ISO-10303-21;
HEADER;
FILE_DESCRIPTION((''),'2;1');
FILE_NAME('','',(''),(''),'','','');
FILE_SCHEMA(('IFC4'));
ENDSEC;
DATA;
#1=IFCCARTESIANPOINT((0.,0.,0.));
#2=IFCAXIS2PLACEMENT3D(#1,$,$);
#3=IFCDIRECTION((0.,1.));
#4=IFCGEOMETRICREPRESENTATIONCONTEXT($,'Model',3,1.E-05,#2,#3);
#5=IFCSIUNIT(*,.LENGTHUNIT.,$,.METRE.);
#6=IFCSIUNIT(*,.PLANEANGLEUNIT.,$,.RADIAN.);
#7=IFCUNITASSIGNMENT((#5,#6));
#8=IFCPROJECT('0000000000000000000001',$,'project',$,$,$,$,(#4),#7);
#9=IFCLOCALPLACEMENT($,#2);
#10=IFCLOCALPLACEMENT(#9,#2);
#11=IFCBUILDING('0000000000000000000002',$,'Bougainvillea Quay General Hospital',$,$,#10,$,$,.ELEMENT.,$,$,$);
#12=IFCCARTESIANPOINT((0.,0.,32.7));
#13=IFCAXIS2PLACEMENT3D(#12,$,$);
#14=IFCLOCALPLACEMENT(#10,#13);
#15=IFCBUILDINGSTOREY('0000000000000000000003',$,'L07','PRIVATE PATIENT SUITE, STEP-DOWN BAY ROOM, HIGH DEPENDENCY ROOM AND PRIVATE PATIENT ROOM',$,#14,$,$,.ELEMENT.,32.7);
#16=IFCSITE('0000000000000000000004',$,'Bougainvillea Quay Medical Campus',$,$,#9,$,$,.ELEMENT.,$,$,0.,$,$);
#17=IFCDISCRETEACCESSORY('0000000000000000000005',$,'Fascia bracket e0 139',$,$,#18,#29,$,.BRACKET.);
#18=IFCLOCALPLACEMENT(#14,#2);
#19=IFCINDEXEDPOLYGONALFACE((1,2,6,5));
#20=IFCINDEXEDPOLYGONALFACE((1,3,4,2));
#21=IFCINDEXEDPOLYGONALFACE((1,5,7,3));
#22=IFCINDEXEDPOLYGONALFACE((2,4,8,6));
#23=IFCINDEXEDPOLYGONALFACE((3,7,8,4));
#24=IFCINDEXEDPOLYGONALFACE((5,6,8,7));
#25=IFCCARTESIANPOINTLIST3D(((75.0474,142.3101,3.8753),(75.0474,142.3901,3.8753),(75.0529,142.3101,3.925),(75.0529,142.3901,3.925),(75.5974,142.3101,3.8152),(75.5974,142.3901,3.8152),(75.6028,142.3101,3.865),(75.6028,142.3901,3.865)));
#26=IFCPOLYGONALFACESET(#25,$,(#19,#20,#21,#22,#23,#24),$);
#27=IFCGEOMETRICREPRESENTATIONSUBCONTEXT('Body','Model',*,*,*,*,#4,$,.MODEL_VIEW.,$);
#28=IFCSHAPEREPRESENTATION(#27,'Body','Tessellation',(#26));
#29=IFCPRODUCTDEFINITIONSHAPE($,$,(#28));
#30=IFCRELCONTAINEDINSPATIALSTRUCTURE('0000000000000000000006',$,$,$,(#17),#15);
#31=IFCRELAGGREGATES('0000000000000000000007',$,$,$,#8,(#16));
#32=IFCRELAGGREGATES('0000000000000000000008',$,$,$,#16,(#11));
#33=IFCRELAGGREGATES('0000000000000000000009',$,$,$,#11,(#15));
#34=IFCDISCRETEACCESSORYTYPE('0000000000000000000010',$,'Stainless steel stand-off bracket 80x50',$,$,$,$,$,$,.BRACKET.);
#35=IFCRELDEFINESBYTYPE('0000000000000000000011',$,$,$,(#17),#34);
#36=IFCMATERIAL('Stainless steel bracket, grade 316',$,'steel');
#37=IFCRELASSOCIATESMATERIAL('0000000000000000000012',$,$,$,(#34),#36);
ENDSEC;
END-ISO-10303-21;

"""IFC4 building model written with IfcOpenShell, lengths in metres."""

from ifc_helpers import new_model, si_unit, direction, frame, origin, origin_2d, place, context, subcontext, project, spatial, rectangle, extrude, material, material_profile, profile_set, type_object, element, save


model = new_model("IFC4")

# Units and contexts
model_context = context("Model", 3, precision=1e-05, world=origin(), true_north=direction((0.0, 1.0)))
body_context = subcontext(model_context, "Body", "Model", "MODEL_VIEW")
ifc_project = project(units=[si_unit("LENGTHUNIT", "METRE"), si_unit("PLANEANGLEUNIT", "RADIAN")], contexts=[model_context])

# Site, building, storey
site_placement = place(None, origin())
site = spatial("IfcSite", under=ifc_project, at=site_placement, Name="Bougainvillea Quay Medical Campus", CompositionType="ELEMENT", RefElevation=0.0)
building_placement = place(site_placement, origin())
building = spatial("IfcBuilding", under=site, at=building_placement, Name="Bougainvillea Quay General Hospital", CompositionType="ELEMENT")
storey_placement = place(building_placement, frame((0.0, 0.0, 32.7)))
storey = spatial("IfcBuildingStorey", under=building, at=storey_placement, Name="L07", Description="PRIVATE PATIENT SUITE, STEP-DOWN BAY ROOM, HIGH DEPENDENCY ROOM AND PRIVATE PATIENT ROOM", CompositionType="ELEMENT", Elevation=32.7)

# Discrete accessory
ifc_material_1 = material(Name="Stainless steel bracket, grade 316", Category="steel")
ifc_material_profile_1 = material_profile(ifc_material_1, rectangle(XDim=0.0801, YDim=0.05, at=origin_2d()))
ifc_profile_set_1 = profile_set([ifc_material_profile_1], Name="Stainless steel bracket, grade 316")
discrete_accessory_type = type_object("IfcDiscreteAccessoryType", Name="Stainless steel stand-off bracket 80x50", PredefinedType="BRACKET", material=ifc_profile_set_1)
discrete_accessory_placement = place(storey_placement, frame((75.6001, 142.3501, 3.8401), z_axis=(-0.994092, 0.0, 0.108543), x_axis=(0.0, -1.0, 0.0)))
element("IfcDiscreteAccessory", 1, at=discrete_accessory_placement, inside=storey, type_object=discrete_accessory_type, Name="Fascia bracket e0 139", PredefinedType="BRACKET", context=body_context, shape_type="SweptSolid", body=[
    extrude(rectangle(XDim=0.0801, YDim=0.05, at=origin_2d()), origin(), (0.0, 0.0, 1.0), 0.5532),
])

save(model, "model.ifc")
